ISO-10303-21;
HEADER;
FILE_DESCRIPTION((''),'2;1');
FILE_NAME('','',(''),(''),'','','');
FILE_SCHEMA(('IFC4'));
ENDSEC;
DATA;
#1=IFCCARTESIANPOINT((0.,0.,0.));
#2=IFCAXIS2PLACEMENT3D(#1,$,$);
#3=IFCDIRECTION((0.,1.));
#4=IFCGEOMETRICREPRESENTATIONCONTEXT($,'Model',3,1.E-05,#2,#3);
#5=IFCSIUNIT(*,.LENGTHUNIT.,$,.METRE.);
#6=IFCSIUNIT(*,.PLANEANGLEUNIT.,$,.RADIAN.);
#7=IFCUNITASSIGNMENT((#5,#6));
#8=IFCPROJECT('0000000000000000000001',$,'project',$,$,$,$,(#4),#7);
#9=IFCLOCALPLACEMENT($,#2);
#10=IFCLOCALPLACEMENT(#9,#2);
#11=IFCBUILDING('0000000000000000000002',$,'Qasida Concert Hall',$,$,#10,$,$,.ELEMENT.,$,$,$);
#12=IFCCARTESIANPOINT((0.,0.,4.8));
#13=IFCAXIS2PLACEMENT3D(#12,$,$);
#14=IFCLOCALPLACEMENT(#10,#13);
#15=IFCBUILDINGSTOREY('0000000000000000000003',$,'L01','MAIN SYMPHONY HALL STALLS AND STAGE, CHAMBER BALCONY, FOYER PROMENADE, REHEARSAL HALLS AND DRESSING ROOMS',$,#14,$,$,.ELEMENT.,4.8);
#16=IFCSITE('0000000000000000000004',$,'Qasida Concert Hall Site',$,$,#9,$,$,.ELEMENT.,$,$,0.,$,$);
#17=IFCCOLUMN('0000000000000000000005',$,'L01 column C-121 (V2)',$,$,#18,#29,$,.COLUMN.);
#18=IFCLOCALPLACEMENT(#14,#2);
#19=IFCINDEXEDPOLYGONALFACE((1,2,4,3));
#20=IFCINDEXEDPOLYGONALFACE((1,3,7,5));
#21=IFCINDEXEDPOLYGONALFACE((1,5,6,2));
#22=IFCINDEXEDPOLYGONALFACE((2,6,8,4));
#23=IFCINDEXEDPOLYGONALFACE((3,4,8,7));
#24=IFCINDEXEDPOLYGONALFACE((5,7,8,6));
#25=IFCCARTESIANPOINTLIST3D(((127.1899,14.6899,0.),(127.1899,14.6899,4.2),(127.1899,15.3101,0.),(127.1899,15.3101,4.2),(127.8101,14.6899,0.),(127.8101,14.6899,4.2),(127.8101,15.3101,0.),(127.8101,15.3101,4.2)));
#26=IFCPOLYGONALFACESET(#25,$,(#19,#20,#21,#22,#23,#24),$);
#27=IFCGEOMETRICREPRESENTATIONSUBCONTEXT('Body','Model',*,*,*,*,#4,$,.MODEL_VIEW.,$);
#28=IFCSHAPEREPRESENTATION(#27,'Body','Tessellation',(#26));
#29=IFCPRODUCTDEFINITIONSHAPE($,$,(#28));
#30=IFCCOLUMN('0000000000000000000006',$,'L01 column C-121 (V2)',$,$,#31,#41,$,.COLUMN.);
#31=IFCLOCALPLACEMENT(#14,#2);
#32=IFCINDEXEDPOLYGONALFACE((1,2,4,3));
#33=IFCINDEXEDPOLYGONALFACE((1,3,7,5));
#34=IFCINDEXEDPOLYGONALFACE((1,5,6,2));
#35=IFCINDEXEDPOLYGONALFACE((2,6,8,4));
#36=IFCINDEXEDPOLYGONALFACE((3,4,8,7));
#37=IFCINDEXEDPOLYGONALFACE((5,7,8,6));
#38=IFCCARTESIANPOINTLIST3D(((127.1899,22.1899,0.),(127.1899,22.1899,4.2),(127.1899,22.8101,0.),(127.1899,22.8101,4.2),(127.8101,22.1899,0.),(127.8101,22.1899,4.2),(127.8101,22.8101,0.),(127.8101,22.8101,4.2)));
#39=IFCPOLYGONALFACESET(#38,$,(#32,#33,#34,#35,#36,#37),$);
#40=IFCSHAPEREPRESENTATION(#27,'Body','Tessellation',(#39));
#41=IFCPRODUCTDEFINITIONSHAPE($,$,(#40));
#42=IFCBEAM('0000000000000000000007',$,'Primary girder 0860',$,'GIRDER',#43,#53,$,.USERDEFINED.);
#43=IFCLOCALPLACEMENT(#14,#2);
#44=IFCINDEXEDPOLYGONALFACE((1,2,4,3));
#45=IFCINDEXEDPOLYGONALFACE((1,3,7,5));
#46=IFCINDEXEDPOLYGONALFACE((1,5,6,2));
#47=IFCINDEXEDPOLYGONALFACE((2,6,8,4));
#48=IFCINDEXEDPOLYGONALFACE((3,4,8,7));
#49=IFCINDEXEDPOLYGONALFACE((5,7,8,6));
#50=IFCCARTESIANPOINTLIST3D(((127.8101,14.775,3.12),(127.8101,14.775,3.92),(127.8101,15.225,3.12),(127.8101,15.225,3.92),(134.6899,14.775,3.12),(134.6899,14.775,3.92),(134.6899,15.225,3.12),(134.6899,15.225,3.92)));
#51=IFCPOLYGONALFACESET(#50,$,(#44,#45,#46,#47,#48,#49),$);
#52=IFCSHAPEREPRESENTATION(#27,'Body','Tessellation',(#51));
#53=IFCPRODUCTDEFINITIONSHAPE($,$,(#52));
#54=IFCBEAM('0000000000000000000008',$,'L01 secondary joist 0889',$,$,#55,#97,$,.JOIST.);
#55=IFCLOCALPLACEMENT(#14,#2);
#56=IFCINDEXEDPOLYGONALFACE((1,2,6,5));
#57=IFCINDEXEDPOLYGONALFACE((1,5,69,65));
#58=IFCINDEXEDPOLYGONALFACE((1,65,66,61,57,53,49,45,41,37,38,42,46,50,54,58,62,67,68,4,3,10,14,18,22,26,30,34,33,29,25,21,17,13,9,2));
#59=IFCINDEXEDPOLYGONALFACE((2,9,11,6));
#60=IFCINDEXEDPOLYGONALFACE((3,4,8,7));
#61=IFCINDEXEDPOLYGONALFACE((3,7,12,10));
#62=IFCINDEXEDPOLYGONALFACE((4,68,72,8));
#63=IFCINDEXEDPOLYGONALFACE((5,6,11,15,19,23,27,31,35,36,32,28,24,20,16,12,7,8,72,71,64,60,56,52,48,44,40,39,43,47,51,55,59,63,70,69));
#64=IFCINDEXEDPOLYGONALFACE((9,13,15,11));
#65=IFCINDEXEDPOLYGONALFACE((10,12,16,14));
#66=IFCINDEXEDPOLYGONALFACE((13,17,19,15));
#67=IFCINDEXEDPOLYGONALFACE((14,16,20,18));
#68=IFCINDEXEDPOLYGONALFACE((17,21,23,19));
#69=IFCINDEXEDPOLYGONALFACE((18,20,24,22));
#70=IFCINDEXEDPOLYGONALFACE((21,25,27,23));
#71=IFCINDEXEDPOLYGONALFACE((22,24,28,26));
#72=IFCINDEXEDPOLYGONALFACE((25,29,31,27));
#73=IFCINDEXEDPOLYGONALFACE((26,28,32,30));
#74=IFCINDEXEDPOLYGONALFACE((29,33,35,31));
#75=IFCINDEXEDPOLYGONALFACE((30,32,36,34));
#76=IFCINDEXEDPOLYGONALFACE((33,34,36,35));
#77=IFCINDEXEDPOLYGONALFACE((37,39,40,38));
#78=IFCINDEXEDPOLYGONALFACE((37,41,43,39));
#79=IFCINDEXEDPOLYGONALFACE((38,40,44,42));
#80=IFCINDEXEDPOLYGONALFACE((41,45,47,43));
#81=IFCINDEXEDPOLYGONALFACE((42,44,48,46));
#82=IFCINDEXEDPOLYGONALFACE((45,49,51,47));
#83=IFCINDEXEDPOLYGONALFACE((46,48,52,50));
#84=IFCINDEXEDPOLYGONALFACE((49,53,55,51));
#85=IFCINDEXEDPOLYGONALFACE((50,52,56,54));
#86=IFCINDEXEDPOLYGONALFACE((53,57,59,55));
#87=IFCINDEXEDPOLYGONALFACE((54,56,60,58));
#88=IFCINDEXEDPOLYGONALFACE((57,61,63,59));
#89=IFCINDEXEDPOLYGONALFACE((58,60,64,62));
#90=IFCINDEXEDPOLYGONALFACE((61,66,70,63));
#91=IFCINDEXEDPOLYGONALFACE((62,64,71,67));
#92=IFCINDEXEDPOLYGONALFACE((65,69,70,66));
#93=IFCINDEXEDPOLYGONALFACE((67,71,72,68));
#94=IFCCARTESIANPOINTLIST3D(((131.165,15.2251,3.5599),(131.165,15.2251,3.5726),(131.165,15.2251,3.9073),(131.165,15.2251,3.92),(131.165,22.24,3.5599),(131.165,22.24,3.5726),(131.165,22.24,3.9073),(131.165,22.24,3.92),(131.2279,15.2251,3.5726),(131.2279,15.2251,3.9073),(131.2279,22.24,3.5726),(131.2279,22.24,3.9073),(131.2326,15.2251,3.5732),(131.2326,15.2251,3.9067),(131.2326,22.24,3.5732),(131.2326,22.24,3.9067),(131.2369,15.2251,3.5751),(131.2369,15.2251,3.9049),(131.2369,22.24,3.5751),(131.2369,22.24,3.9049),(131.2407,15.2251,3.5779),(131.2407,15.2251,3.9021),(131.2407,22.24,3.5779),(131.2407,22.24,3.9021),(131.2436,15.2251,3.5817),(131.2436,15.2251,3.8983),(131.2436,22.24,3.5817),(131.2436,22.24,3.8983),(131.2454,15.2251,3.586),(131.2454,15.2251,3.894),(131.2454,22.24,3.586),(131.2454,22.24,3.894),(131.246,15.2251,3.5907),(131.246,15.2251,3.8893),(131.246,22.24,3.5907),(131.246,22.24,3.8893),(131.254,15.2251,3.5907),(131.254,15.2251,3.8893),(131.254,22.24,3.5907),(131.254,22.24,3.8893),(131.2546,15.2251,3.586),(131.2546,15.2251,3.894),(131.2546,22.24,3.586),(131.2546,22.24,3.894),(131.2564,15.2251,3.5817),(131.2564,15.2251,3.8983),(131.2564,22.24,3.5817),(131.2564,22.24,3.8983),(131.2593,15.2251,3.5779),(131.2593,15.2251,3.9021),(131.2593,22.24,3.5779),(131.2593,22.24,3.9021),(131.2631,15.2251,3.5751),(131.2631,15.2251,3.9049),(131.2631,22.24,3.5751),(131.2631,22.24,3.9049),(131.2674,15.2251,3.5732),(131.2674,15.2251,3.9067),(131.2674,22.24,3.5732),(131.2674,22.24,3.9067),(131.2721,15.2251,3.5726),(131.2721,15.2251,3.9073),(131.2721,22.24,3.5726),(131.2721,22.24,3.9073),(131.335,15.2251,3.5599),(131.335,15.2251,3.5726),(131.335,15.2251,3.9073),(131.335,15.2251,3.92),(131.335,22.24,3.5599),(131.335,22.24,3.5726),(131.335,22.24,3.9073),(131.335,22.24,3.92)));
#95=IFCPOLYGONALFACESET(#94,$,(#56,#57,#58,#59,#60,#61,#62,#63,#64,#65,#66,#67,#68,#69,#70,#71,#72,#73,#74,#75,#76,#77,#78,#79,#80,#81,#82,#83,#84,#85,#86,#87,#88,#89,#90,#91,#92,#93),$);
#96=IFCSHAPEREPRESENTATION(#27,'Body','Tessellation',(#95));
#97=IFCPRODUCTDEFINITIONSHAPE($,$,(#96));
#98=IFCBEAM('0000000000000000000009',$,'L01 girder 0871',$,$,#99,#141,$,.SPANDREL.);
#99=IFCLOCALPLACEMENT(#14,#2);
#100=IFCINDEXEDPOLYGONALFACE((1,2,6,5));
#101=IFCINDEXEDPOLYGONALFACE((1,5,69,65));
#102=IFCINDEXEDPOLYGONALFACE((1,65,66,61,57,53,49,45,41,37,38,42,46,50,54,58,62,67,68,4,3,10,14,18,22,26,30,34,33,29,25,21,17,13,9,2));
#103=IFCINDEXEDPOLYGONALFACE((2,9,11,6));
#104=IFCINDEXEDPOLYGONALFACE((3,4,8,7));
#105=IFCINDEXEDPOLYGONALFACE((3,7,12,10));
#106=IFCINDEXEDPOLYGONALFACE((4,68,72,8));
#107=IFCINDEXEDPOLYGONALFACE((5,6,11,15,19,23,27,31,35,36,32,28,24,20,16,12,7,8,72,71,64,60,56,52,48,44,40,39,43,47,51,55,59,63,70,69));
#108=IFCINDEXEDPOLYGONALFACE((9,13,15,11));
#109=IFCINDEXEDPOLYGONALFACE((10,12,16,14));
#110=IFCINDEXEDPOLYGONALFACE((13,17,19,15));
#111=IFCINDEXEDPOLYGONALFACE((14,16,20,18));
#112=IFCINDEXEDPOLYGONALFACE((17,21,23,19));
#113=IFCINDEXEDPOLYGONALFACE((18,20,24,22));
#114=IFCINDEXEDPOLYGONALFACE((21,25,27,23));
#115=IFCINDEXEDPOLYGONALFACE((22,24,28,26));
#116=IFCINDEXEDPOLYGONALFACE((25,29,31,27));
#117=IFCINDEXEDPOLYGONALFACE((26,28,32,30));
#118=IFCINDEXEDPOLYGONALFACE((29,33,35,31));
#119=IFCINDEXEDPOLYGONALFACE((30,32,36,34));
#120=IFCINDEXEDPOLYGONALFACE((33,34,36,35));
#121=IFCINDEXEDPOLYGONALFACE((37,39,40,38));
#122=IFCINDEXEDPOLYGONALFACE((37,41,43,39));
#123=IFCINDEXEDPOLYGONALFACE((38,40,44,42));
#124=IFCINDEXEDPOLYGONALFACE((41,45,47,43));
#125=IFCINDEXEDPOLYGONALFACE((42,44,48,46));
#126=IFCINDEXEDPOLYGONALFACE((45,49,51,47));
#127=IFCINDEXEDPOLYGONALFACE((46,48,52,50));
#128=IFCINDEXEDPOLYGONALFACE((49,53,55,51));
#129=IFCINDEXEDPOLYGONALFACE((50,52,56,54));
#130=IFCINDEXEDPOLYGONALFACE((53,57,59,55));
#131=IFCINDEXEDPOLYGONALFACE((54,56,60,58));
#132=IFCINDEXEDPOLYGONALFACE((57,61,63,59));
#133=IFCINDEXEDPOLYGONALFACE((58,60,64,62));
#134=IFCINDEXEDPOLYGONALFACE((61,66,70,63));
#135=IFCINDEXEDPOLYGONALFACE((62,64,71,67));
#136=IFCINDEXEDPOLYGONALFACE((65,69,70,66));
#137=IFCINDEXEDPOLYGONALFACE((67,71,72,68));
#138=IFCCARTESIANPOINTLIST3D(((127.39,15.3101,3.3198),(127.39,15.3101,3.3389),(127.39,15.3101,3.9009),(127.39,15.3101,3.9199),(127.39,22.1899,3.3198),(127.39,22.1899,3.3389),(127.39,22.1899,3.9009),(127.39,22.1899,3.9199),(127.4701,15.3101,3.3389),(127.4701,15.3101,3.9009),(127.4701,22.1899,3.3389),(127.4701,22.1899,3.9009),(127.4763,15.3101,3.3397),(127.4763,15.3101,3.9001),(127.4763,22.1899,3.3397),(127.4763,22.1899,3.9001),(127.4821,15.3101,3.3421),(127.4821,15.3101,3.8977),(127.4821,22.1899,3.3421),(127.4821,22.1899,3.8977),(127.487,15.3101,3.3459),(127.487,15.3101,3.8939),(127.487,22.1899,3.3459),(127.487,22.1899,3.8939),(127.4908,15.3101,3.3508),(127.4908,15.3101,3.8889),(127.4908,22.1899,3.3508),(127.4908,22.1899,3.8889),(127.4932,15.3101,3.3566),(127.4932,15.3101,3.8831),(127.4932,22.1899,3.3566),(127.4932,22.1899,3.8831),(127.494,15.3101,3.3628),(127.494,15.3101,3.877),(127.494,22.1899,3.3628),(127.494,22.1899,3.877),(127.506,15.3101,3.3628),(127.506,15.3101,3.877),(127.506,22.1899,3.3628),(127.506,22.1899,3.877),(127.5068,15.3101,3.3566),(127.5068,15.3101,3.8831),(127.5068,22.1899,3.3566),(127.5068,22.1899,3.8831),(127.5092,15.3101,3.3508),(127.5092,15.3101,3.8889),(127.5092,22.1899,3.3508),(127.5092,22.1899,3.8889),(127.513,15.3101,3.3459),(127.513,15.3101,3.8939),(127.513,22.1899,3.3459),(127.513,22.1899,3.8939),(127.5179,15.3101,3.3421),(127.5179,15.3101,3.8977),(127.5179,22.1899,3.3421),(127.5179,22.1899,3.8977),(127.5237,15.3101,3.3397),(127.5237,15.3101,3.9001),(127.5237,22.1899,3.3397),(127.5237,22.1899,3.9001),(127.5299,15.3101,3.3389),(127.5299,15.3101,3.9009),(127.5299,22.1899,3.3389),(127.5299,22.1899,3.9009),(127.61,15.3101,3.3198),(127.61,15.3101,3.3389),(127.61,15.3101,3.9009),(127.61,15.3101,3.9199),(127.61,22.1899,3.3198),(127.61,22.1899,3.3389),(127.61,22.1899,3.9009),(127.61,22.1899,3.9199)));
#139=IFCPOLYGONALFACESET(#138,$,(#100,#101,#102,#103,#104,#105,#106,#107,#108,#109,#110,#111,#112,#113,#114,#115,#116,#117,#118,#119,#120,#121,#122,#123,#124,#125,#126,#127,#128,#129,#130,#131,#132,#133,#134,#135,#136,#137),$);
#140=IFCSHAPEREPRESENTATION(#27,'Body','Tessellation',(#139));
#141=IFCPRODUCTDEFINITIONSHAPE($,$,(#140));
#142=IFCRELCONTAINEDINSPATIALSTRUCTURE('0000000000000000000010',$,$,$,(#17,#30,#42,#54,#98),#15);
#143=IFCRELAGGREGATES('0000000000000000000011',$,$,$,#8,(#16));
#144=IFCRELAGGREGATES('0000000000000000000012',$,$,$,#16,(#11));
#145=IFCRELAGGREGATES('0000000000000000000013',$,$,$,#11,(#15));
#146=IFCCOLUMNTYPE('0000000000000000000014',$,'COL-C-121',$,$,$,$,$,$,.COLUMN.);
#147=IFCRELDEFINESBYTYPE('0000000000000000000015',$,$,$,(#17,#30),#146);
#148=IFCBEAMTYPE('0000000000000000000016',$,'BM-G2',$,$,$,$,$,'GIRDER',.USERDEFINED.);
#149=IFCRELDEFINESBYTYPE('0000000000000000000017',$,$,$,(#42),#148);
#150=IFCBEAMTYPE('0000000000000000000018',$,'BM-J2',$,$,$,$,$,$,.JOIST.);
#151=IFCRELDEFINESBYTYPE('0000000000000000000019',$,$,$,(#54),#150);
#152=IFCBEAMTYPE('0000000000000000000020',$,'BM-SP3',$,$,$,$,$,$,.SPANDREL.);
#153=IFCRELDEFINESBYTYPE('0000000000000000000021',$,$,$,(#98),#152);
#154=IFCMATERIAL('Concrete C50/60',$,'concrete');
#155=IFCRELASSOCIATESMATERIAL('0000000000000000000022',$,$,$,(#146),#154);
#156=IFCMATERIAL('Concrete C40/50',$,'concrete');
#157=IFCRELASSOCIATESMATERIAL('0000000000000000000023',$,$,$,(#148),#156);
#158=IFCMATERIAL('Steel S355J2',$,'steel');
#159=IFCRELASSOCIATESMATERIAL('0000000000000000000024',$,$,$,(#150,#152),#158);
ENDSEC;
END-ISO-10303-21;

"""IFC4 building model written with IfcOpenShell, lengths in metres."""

from ifc_helpers import new_model, si_unit, direction, frame, origin, origin_2d, place, context, subcontext, project, spatial, rectangle, i_section, extrude, material, material_profile, profile_set, type_object, element, save


model = new_model("IFC4")

# Units and contexts
model_context = context("Model", 3, precision=1e-05, world=origin(), true_north=direction((0.0, 1.0)))
body_context = subcontext(model_context, "Body", "Model", "MODEL_VIEW")
ifc_project = project(units=[si_unit("LENGTHUNIT", "METRE"), si_unit("PLANEANGLEUNIT", "RADIAN")], contexts=[model_context])

# Site, building, storey
site_placement = place(None, origin())
site = spatial("IfcSite", under=ifc_project, at=site_placement, Name="Qasida Concert Hall Site", CompositionType="ELEMENT", RefElevation=0.0)
building_placement = place(site_placement, origin())
building = spatial("IfcBuilding", under=site, at=building_placement, Name="Qasida Concert Hall", CompositionType="ELEMENT")
storey_placement = place(building_placement, frame((0.0, 0.0, 4.8)))
storey = spatial("IfcBuildingStorey", under=building, at=storey_placement, Name="L01", Description="MAIN SYMPHONY HALL STALLS AND STAGE, CHAMBER BALCONY, FOYER PROMENADE, REHEARSAL HALLS AND DRESSING ROOMS", CompositionType="ELEMENT", Elevation=4.8)

# Columns
ifc_material_1 = material(Name="Concrete C50/60", Category="concrete")
ifc_material_profile_1 = material_profile(ifc_material_1, rectangle(XDim=0.6201, YDim=0.6201, at=origin_2d()), Name="RC 620x620")
ifc_profile_set_1 = profile_set([ifc_material_profile_1], Name="Concrete C50/60")
column_type = type_object("IfcColumnType", Name="COL-C-121", PredefinedType="COLUMN", material=ifc_profile_set_1)
for number, where, z_axis, x_axis, name in (
    (1, (127.5, 15.0, 0.0), (0.0, 0.0, 1.0), (1.0, 0.0, 0.0), "L01 column C-121 (V2)"),
    (2, (127.5, 22.5, 0.0), (0.0, 0.0, 1.0), (1.0, 0.0, 0.0), "L01 column C-121 (V2)"),
):
    element("IfcColumn", number, at=place(storey_placement, frame(where, z_axis=z_axis, x_axis=x_axis)), inside=storey, type_object=column_type, Name=name, PredefinedType="COLUMN", context=body_context, shape_type="SweptSolid", body=[
        extrude(rectangle(XDim=0.6201, YDim=0.6201, at=origin_2d()), origin(), (0.0, 0.0, 1.0), 4.2),
    ])

# Beams
ifc_material_2 = material(Name="Concrete C40/50", Category="concrete")
ifc_material_profile_2 = material_profile(ifc_material_2, rectangle(XDim=0.45, YDim=0.8, at=origin_2d()), Name="RC 450x800")
ifc_profile_set_2 = profile_set([ifc_material_profile_2], Name="Concrete C40/50")
beam_type_1 = type_object("IfcBeamType", Name="BM-G2", ElementType="GIRDER", PredefinedType="USERDEFINED", material=ifc_profile_set_2)
beam_1_placement = place(storey_placement, frame((127.8101, 15.0, 3.52), z_axis=(1.0, 0.0, 0.0), x_axis=(0.0, 1.0, 0.0)))
element("IfcBeam", 3, at=beam_1_placement, inside=storey, type_object=beam_type_1, Name="Primary girder 0860", ObjectType="GIRDER", PredefinedType="USERDEFINED", context=body_context, shape_type="SweptSolid", body=[
    extrude(rectangle(XDim=0.45, YDim=0.8, at=origin_2d()), origin(), (0.0, 0.0, 1.0), 6.8799),
])
ifc_material_3 = material(Name="Steel S355J2", Category="steel")
ifc_material_profile_3 = material_profile(ifc_material_3, i_section(OverallWidth=0.1699, OverallDepth=0.3601, WebThickness=0.0081, FlangeThickness=0.0127, FilletRadius=0.0181, at=origin_2d()), Name="IPE 360")
ifc_profile_set_3 = profile_set([ifc_material_profile_3], Name="Steel S355J2")
beam_type_2 = type_object("IfcBeamType", Name="BM-J2", PredefinedType="JOIST", material=ifc_profile_set_3)
beam_2_placement = place(storey_placement, frame((131.25, 15.2251, 3.74), z_axis=(0.0, 1.0, 0.0), x_axis=(-1.0, 0.0, 0.0)))
element("IfcBeam", 4, at=beam_2_placement, inside=storey, type_object=beam_type_2, Name="L01 secondary joist 0889", PredefinedType="JOIST", context=body_context, shape_type="SweptSolid", body=[
    extrude(i_section(OverallWidth=0.1699, OverallDepth=0.3601, WebThickness=0.0081, FlangeThickness=0.0127, FilletRadius=0.0181, at=origin_2d()), origin(), (0.0, 0.0, 1.0), 7.0149),
])
ifc_material_profile_4 = material_profile(ifc_material_3, i_section(OverallWidth=0.22, OverallDepth=0.6001, WebThickness=0.012, FlangeThickness=0.019, FilletRadius=0.0239, at=origin_2d()), Name="IPE 600")
ifc_profile_set_4 = profile_set([ifc_material_profile_4], Name="Steel S355J2")
beam_type_3 = type_object("IfcBeamType", Name="BM-SP3", PredefinedType="SPANDREL", material=ifc_profile_set_4)
beam_3_placement = place(storey_placement, frame((127.5, 15.3101, 3.6199), z_axis=(0.0, 1.0, 0.0), x_axis=(-1.0, 0.0, 0.0)))
element("IfcBeam", 5, at=beam_3_placement, inside=storey, type_object=beam_type_3, Name="L01 girder 0871", PredefinedType="SPANDREL", context=body_context, shape_type="SweptSolid", body=[
    extrude(i_section(OverallWidth=0.22, OverallDepth=0.6001, WebThickness=0.012, FlangeThickness=0.019, FilletRadius=0.0239, at=origin_2d()), origin(), (0.0, 0.0, 1.0), 6.8799),
])

save(model, "model.ifc")
